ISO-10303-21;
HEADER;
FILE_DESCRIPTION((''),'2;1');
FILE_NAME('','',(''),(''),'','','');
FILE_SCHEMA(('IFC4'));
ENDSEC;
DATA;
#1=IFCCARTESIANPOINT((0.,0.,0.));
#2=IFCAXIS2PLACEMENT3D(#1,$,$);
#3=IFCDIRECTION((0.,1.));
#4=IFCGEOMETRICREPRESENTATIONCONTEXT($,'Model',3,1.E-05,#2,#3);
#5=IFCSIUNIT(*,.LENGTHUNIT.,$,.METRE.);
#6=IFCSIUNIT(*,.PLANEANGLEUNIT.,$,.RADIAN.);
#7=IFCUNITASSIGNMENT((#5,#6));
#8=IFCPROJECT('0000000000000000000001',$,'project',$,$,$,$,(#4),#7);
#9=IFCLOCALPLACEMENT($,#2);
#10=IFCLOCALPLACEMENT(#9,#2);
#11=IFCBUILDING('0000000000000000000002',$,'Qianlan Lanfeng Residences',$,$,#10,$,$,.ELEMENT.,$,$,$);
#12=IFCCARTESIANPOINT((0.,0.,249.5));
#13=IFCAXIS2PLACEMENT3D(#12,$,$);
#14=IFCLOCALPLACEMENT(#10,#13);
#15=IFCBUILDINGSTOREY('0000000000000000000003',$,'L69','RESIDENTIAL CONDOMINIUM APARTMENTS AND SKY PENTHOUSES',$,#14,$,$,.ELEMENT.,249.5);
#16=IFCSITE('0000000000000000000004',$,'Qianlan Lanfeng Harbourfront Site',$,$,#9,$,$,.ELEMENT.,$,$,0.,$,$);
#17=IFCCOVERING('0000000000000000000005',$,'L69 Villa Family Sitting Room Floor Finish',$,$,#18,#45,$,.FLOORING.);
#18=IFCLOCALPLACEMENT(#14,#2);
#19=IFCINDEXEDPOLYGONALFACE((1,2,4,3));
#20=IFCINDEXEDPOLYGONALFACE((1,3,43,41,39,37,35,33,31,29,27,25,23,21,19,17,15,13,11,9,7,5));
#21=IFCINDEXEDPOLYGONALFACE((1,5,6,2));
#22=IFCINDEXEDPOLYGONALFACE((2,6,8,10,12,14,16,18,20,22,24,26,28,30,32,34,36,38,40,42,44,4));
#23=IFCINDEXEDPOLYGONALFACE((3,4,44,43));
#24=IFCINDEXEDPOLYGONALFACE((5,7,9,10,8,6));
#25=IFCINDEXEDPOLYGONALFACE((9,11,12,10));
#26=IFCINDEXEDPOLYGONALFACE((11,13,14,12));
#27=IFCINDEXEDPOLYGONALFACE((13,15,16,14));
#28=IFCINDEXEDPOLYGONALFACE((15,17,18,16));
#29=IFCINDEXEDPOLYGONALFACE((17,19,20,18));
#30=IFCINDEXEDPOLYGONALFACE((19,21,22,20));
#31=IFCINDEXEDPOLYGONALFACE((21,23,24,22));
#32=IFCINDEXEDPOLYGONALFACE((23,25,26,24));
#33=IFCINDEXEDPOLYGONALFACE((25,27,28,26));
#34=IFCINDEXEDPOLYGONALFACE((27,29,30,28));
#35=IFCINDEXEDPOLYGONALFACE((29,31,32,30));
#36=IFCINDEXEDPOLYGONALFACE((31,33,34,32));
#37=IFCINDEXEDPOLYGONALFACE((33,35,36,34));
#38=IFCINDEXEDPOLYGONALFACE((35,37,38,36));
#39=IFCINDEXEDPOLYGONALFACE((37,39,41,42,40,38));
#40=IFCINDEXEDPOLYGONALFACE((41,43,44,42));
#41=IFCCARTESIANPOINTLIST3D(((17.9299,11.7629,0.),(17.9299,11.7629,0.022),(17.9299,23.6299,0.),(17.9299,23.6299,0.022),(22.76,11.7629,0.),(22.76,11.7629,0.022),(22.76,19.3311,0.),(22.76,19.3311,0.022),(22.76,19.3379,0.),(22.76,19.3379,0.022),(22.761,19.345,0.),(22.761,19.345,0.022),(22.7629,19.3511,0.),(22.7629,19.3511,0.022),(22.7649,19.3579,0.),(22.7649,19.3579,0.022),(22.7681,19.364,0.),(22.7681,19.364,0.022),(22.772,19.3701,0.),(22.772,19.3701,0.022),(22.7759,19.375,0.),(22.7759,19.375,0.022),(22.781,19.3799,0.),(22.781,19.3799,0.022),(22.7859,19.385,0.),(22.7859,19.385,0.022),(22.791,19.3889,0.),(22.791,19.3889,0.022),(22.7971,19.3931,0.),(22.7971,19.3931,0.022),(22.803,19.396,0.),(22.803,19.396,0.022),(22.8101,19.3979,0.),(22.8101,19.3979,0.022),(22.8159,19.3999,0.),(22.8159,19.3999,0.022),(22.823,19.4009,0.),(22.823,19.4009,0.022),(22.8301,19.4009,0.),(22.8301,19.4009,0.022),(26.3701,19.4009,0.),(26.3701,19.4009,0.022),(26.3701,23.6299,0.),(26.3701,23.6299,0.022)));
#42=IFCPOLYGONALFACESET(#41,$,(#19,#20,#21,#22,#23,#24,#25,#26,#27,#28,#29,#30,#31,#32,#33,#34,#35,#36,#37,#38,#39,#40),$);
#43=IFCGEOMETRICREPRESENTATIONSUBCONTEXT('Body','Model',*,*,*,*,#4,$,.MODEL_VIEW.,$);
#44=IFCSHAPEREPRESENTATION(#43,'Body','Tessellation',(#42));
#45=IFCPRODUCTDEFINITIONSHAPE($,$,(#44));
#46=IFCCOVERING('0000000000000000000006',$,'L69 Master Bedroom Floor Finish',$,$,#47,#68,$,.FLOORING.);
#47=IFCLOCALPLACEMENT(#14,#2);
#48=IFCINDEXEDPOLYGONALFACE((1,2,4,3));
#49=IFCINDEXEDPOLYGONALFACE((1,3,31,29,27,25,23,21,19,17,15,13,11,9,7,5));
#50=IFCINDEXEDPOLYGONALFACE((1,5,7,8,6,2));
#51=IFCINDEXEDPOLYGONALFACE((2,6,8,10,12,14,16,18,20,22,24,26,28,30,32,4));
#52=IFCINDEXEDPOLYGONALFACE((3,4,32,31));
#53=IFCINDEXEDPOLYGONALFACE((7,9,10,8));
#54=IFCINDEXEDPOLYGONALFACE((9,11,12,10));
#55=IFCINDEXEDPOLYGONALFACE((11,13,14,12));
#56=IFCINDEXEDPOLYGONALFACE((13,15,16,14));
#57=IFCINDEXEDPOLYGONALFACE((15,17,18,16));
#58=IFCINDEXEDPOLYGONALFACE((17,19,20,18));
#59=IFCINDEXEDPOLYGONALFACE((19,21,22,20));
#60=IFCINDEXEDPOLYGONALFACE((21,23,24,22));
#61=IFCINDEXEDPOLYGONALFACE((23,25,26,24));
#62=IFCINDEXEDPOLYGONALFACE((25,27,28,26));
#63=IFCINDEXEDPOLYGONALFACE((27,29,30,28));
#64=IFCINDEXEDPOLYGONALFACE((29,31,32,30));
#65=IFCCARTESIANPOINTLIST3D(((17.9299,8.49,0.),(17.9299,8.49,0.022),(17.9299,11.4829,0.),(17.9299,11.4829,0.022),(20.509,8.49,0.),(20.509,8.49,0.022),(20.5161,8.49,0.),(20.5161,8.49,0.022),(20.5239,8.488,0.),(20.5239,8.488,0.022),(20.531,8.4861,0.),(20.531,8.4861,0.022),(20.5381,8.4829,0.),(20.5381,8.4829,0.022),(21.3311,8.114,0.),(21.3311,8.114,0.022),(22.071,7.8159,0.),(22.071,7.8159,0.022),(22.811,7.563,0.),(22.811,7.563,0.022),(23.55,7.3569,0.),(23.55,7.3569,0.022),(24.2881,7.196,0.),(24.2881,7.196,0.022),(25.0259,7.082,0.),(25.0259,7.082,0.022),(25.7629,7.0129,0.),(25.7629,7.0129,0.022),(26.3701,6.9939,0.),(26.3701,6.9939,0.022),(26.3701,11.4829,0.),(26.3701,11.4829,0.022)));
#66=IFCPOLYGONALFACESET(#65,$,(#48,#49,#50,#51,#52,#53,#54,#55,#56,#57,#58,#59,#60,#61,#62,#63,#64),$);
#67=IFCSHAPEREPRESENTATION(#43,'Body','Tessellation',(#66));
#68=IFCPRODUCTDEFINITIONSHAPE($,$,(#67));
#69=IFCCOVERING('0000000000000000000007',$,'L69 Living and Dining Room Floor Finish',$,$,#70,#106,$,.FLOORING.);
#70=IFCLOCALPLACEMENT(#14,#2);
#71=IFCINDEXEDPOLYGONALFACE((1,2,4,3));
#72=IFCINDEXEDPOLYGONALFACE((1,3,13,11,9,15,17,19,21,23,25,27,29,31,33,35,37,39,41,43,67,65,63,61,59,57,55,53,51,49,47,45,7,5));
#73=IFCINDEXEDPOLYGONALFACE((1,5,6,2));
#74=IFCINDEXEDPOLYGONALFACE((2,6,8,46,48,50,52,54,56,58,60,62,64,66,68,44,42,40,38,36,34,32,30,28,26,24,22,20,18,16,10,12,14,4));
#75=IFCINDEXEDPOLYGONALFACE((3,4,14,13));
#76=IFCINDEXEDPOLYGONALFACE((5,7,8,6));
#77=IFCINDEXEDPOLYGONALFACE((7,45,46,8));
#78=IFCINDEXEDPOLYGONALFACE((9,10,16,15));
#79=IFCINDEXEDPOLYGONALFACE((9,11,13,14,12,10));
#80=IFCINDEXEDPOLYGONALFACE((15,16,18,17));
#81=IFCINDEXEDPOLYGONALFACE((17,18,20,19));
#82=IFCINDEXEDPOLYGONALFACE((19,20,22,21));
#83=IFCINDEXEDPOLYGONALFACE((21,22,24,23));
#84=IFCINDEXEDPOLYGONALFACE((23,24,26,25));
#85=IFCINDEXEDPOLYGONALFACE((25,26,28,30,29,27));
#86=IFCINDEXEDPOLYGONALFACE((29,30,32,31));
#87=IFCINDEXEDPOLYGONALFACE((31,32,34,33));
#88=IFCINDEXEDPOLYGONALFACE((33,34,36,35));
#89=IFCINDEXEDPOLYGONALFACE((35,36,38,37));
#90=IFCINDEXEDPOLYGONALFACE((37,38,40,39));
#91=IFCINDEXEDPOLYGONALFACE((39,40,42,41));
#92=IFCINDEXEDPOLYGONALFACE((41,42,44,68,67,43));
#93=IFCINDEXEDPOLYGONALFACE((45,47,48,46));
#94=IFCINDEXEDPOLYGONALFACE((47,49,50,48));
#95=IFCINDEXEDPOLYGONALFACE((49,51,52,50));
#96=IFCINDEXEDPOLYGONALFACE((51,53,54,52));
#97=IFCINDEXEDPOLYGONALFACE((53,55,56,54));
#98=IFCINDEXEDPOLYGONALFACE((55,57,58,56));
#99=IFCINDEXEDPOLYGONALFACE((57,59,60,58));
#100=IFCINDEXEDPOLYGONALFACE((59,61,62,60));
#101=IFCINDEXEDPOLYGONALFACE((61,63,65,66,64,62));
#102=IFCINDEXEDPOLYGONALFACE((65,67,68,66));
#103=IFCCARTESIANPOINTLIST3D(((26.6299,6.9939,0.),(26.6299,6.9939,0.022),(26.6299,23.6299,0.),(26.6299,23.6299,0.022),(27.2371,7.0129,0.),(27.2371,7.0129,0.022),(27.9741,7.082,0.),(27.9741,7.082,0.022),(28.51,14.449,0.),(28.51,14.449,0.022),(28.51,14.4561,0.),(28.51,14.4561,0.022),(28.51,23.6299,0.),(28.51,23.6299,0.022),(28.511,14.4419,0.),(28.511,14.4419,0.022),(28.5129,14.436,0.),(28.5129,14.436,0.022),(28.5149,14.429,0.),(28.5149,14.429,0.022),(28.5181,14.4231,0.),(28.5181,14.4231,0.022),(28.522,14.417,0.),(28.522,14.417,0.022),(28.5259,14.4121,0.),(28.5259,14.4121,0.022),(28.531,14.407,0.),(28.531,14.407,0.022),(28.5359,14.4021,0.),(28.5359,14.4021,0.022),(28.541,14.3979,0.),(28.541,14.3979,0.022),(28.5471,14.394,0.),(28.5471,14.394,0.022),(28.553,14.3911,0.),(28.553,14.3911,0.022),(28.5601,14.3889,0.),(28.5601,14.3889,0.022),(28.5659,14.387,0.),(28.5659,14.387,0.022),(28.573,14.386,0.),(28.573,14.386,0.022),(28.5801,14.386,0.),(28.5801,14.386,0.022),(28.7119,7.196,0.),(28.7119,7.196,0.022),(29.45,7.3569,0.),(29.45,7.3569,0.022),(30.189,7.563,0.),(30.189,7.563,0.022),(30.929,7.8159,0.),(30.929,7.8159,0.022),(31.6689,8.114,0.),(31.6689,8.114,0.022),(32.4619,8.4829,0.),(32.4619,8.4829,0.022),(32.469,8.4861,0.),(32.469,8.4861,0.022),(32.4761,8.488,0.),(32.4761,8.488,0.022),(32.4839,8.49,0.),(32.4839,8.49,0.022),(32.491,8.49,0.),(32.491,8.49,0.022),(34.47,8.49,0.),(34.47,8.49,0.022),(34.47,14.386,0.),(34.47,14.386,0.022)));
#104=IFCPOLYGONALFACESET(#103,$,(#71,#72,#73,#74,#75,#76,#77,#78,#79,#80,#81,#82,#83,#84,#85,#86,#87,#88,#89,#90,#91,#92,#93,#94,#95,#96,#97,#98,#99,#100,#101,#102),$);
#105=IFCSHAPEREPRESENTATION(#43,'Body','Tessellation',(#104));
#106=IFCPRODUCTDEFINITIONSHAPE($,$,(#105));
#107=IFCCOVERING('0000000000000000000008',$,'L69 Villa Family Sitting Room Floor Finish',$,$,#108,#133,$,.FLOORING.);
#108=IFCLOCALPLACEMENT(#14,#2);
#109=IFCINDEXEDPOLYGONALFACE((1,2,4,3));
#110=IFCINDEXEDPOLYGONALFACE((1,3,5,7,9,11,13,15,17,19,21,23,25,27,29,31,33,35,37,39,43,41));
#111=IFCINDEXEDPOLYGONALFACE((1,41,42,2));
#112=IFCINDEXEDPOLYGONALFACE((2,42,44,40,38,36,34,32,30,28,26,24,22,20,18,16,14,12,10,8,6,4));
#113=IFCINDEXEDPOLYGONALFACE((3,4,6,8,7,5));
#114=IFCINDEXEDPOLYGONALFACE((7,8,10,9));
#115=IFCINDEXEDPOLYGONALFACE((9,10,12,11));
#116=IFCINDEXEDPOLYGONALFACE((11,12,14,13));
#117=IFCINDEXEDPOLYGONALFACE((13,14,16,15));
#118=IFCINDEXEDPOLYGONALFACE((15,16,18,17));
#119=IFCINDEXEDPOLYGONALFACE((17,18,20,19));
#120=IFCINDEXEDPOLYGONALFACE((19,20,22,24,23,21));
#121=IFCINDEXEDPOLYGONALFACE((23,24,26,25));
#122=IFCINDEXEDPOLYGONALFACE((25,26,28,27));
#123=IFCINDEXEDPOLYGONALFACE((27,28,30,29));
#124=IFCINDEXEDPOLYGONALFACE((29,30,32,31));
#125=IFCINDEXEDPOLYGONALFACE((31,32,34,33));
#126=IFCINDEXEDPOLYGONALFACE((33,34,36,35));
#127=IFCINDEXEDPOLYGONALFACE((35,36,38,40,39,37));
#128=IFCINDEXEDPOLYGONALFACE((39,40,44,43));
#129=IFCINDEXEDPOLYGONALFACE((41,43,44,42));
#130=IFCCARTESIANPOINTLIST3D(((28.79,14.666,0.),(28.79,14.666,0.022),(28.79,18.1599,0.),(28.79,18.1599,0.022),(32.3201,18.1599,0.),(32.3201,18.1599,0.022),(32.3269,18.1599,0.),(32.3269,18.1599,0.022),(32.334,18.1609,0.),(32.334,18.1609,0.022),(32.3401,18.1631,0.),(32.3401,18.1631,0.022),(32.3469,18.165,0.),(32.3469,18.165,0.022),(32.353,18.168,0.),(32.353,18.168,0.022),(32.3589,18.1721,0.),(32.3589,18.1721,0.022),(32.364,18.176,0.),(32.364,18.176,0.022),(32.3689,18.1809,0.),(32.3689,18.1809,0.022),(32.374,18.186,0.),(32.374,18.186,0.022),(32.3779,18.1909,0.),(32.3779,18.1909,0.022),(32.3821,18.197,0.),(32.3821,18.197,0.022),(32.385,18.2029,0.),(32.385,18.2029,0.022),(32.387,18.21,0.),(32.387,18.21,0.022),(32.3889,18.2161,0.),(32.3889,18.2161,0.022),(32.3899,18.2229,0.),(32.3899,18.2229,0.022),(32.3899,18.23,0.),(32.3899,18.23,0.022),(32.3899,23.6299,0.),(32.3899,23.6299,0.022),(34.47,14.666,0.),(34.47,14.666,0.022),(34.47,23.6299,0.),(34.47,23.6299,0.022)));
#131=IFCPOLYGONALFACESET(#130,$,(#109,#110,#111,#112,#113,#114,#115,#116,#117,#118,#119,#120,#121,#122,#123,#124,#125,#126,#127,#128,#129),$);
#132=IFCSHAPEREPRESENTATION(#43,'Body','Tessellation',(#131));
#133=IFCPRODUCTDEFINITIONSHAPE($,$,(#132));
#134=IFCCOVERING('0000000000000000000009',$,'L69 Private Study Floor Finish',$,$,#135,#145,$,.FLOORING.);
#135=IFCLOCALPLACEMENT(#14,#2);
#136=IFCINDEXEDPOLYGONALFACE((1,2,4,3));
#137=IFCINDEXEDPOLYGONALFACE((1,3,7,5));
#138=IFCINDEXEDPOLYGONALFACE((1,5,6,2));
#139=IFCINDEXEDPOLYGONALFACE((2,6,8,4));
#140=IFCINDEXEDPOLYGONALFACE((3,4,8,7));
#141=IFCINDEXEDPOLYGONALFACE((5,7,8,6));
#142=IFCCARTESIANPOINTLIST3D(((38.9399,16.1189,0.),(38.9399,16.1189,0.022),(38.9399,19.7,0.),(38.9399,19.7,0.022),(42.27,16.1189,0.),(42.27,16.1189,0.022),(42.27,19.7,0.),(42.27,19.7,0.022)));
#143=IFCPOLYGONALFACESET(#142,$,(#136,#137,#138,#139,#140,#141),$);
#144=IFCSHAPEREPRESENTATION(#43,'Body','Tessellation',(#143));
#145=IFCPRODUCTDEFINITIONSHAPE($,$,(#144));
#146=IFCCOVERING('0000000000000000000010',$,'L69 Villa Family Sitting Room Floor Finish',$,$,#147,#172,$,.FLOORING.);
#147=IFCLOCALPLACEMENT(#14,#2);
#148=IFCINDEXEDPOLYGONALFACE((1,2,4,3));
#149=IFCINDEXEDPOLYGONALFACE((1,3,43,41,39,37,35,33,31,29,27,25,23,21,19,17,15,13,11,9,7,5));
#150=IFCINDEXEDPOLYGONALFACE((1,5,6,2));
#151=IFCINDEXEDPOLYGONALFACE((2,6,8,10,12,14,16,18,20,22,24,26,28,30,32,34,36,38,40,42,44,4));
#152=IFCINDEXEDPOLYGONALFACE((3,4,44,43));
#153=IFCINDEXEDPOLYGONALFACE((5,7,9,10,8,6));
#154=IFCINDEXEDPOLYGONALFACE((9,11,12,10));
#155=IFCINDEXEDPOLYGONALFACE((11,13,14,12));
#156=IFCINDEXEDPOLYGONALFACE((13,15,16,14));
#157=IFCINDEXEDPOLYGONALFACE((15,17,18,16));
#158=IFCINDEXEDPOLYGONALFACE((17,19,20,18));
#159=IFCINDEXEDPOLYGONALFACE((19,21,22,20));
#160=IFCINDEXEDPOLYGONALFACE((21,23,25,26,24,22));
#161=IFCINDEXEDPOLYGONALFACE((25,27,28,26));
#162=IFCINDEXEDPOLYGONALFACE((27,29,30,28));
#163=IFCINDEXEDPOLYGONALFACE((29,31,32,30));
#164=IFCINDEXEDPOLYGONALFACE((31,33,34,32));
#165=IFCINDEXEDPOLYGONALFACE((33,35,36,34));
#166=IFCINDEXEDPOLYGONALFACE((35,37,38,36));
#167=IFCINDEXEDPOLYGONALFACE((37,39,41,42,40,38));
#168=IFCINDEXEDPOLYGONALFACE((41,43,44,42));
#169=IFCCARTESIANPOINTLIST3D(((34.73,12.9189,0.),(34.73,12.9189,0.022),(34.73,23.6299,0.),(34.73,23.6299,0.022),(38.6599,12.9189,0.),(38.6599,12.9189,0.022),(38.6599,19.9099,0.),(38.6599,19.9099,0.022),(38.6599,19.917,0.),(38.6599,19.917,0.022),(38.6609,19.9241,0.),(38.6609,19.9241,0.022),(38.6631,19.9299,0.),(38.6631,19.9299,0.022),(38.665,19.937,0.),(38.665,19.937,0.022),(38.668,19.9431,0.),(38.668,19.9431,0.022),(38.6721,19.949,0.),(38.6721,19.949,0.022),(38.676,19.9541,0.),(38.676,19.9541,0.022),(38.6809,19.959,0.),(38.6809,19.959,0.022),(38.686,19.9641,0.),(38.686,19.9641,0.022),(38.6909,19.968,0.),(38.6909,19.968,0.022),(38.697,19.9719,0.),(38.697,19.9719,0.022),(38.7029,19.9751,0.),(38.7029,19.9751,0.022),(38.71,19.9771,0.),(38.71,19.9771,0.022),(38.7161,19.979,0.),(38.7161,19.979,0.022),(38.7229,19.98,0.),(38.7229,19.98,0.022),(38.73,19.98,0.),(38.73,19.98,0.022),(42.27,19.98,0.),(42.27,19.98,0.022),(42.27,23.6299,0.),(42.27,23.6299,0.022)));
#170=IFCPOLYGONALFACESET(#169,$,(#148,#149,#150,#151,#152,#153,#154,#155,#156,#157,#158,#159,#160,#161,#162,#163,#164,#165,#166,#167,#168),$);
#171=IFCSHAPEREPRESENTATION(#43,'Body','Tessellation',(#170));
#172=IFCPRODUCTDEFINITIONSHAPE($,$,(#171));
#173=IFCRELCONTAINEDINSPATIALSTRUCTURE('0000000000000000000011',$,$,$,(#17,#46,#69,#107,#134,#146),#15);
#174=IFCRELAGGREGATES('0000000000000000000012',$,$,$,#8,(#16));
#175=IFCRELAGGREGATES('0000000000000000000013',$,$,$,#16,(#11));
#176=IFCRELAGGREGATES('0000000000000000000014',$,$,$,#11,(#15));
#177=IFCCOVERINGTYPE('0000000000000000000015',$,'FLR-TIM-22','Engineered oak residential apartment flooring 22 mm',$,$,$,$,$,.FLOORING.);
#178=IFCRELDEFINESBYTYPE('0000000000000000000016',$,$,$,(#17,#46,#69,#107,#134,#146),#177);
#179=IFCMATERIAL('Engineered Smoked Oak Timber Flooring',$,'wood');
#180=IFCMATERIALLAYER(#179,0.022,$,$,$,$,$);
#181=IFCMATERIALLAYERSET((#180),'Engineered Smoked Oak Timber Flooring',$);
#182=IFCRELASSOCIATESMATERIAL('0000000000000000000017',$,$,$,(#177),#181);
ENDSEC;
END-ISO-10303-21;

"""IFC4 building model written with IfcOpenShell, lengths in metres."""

from ifc_helpers import new_model, si_unit, direction, frame, origin, place, context, subcontext, project, spatial, polyline, outline, extrude, material, layer, layer_set, type_object, element, save


model = new_model("IFC4")

# Units and contexts
model_context = context("Model", 3, precision=1e-05, world=origin(), true_north=direction((0.0, 1.0)))
body_context = subcontext(model_context, "Body", "Model", "MODEL_VIEW")
ifc_project = project(units=[si_unit("LENGTHUNIT", "METRE"), si_unit("PLANEANGLEUNIT", "RADIAN")], contexts=[model_context])

# Site, building, storey
site_placement = place(None, origin())
site = spatial("IfcSite", under=ifc_project, at=site_placement, Name="Qianlan Lanfeng Harbourfront Site", CompositionType="ELEMENT", RefElevation=0.0)
building_placement = place(site_placement, origin())
building = spatial("IfcBuilding", under=site, at=building_placement, Name="Qianlan Lanfeng Residences", CompositionType="ELEMENT")
storey_placement = place(building_placement, frame((0.0, 0.0, 249.5)))
storey = spatial("IfcBuildingStorey", under=building, at=storey_placement, Name="L69", Description="RESIDENTIAL CONDOMINIUM APARTMENTS AND SKY PENTHOUSES", CompositionType="ELEMENT", Elevation=249.5)

# Coverings
ifc_material_1 = material(Name="Engineered Smoked Oak Timber Flooring", Category="wood")
ifc_layer_1 = layer(ifc_material_1, 0.022)
ifc_layer_set_1 = layer_set([ifc_layer_1], Name="Engineered Smoked Oak Timber Flooring")
covering_type_1 = type_object("IfcCoveringType", Name="FLR-TIM-22", Description="Engineered oak residential apartment flooring 22 mm", PredefinedType="FLOORING", material=ifc_layer_set_1)
covering_1_placement = place(storey_placement, origin())
element("IfcCovering", 1, at=covering_1_placement, inside=storey, type_object=covering_type_1, Name="L69 Villa Family Sitting Room Floor Finish", PredefinedType="FLOORING", context=body_context, shape_type="SweptSolid", body=[
    extrude(outline(polyline([(17.9299, 11.7629), (22.76, 11.7629), (22.76, 19.3311), (22.76, 19.3379), (22.761, 19.345), (22.7629, 19.3511), (22.7649, 19.3579), (22.7681, 19.364), (22.772, 19.3701), (22.7759, 19.375), (22.781, 19.3799), (22.7859, 19.385), (22.791, 19.3889), (22.7971, 19.3931), (22.803, 19.396), (22.8101, 19.3979), (22.8159, 19.3999), (22.823, 19.4009), (22.8301, 19.4009), (26.3701, 19.4009), (26.3701, 23.6299), (17.9299, 23.6299), (17.9299, 11.7629)])), origin(), (0.0, 0.0, 1.0), 0.022),
])
covering_2_placement = place(storey_placement, origin())
element("IfcCovering", 2, at=covering_2_placement, inside=storey, type_object=covering_type_1, Name="L69 Master Bedroom Floor Finish", PredefinedType="FLOORING", context=body_context, shape_type="SweptSolid", body=[
    extrude(outline(polyline([(17.9299, 11.4829), (17.9299, 8.49), (20.509, 8.49), (20.5161, 8.49), (20.5239, 8.488), (20.531, 8.4861), (20.5381, 8.4829), (21.3311, 8.114), (22.071, 7.8159), (22.811, 7.563), (23.55, 7.3569), (24.2881, 7.196), (25.0259, 7.082), (25.7629, 7.0129), (26.3701, 6.9939), (26.3701, 11.4829), (17.9299, 11.4829)])), origin(), (0.0, 0.0, 1.0), 0.022),
])
covering_3_placement = place(storey_placement, origin())
element("IfcCovering", 3, at=covering_3_placement, inside=storey, type_object=covering_type_1, Name="L69 Living and Dining Room Floor Finish", PredefinedType="FLOORING", context=body_context, shape_type="SweptSolid", body=[
    extrude(outline(polyline([(34.47, 8.49), (34.47, 14.386), (28.5801, 14.386), (28.573, 14.386), (28.5659, 14.387), (28.5601, 14.3889), (28.553, 14.3911), (28.5471, 14.394), (28.541, 14.3979), (28.5359, 14.4021), (28.531, 14.407), (28.5259, 14.4121), (28.522, 14.417), (28.5181, 14.4231), (28.5149, 14.429), (28.5129, 14.436), (28.511, 14.4419), (28.51, 14.449), (28.51, 14.4561), (28.51, 23.6299), (26.6299, 23.6299), (26.6299, 6.9939), (27.2371, 7.0129), (27.9741, 7.082), (28.7119, 7.196), (29.45, 7.3569), (30.189, 7.563), (30.929, 7.8159), (31.6689, 8.114), (32.4619, 8.4829), (32.469, 8.4861), (32.4761, 8.488), (32.4839, 8.49), (32.491, 8.49), (34.47, 8.49)])), origin(), (0.0, 0.0, 1.0), 0.022),
])
covering_4_placement = place(storey_placement, origin())
element("IfcCovering", 4, at=covering_4_placement, inside=storey, type_object=covering_type_1, Name="L69 Villa Family Sitting Room Floor Finish", PredefinedType="FLOORING", context=body_context, shape_type="SweptSolid", body=[
    extrude(outline(polyline([(28.79, 14.666), (34.47, 14.666), (34.47, 23.6299), (32.3899, 23.6299), (32.3899, 18.23), (32.3899, 18.2229), (32.3889, 18.2161), (32.387, 18.21), (32.385, 18.2029), (32.3821, 18.197), (32.3779, 18.1909), (32.374, 18.186), (32.3689, 18.1809), (32.364, 18.176), (32.3589, 18.1721), (32.353, 18.168), (32.3469, 18.165), (32.3401, 18.1631), (32.334, 18.1609), (32.3269, 18.1599), (32.3201, 18.1599), (28.79, 18.1599), (28.79, 14.666)])), origin(), (0.0, 0.0, 1.0), 0.022),
])
covering_5_placement = place(storey_placement, origin())
element("IfcCovering", 5, at=covering_5_placement, inside=storey, type_object=covering_type_1, Name="L69 Private Study Floor Finish", PredefinedType="FLOORING", context=body_context, shape_type="SweptSolid", body=[
    extrude(outline(polyline([(38.9399, 16.1189), (42.27, 16.1189), (42.27, 19.7), (38.9399, 19.7), (38.9399, 16.1189)])), origin(), (0.0, 0.0, 1.0), 0.022),
])
covering_6_placement = place(storey_placement, origin())
element("IfcCovering", 6, at=covering_6_placement, inside=storey, type_object=covering_type_1, Name="L69 Villa Family Sitting Room Floor Finish", PredefinedType="FLOORING", context=body_context, shape_type="SweptSolid", body=[
    extrude(outline(polyline([(34.73, 12.9189), (38.6599, 12.9189), (38.6599, 19.9099), (38.6599, 19.917), (38.6609, 19.9241), (38.6631, 19.9299), (38.665, 19.937), (38.668, 19.9431), (38.6721, 19.949), (38.676, 19.9541), (38.6809, 19.959), (38.686, 19.9641), (38.6909, 19.968), (38.697, 19.9719), (38.7029, 19.9751), (38.71, 19.9771), (38.7161, 19.979), (38.7229, 19.98), (38.73, 19.98), (42.27, 19.98), (42.27, 23.6299), (34.73, 23.6299), (34.73, 12.9189)])), origin(), (0.0, 0.0, 1.0), 0.022),
])

save(model, "model.ifc")
